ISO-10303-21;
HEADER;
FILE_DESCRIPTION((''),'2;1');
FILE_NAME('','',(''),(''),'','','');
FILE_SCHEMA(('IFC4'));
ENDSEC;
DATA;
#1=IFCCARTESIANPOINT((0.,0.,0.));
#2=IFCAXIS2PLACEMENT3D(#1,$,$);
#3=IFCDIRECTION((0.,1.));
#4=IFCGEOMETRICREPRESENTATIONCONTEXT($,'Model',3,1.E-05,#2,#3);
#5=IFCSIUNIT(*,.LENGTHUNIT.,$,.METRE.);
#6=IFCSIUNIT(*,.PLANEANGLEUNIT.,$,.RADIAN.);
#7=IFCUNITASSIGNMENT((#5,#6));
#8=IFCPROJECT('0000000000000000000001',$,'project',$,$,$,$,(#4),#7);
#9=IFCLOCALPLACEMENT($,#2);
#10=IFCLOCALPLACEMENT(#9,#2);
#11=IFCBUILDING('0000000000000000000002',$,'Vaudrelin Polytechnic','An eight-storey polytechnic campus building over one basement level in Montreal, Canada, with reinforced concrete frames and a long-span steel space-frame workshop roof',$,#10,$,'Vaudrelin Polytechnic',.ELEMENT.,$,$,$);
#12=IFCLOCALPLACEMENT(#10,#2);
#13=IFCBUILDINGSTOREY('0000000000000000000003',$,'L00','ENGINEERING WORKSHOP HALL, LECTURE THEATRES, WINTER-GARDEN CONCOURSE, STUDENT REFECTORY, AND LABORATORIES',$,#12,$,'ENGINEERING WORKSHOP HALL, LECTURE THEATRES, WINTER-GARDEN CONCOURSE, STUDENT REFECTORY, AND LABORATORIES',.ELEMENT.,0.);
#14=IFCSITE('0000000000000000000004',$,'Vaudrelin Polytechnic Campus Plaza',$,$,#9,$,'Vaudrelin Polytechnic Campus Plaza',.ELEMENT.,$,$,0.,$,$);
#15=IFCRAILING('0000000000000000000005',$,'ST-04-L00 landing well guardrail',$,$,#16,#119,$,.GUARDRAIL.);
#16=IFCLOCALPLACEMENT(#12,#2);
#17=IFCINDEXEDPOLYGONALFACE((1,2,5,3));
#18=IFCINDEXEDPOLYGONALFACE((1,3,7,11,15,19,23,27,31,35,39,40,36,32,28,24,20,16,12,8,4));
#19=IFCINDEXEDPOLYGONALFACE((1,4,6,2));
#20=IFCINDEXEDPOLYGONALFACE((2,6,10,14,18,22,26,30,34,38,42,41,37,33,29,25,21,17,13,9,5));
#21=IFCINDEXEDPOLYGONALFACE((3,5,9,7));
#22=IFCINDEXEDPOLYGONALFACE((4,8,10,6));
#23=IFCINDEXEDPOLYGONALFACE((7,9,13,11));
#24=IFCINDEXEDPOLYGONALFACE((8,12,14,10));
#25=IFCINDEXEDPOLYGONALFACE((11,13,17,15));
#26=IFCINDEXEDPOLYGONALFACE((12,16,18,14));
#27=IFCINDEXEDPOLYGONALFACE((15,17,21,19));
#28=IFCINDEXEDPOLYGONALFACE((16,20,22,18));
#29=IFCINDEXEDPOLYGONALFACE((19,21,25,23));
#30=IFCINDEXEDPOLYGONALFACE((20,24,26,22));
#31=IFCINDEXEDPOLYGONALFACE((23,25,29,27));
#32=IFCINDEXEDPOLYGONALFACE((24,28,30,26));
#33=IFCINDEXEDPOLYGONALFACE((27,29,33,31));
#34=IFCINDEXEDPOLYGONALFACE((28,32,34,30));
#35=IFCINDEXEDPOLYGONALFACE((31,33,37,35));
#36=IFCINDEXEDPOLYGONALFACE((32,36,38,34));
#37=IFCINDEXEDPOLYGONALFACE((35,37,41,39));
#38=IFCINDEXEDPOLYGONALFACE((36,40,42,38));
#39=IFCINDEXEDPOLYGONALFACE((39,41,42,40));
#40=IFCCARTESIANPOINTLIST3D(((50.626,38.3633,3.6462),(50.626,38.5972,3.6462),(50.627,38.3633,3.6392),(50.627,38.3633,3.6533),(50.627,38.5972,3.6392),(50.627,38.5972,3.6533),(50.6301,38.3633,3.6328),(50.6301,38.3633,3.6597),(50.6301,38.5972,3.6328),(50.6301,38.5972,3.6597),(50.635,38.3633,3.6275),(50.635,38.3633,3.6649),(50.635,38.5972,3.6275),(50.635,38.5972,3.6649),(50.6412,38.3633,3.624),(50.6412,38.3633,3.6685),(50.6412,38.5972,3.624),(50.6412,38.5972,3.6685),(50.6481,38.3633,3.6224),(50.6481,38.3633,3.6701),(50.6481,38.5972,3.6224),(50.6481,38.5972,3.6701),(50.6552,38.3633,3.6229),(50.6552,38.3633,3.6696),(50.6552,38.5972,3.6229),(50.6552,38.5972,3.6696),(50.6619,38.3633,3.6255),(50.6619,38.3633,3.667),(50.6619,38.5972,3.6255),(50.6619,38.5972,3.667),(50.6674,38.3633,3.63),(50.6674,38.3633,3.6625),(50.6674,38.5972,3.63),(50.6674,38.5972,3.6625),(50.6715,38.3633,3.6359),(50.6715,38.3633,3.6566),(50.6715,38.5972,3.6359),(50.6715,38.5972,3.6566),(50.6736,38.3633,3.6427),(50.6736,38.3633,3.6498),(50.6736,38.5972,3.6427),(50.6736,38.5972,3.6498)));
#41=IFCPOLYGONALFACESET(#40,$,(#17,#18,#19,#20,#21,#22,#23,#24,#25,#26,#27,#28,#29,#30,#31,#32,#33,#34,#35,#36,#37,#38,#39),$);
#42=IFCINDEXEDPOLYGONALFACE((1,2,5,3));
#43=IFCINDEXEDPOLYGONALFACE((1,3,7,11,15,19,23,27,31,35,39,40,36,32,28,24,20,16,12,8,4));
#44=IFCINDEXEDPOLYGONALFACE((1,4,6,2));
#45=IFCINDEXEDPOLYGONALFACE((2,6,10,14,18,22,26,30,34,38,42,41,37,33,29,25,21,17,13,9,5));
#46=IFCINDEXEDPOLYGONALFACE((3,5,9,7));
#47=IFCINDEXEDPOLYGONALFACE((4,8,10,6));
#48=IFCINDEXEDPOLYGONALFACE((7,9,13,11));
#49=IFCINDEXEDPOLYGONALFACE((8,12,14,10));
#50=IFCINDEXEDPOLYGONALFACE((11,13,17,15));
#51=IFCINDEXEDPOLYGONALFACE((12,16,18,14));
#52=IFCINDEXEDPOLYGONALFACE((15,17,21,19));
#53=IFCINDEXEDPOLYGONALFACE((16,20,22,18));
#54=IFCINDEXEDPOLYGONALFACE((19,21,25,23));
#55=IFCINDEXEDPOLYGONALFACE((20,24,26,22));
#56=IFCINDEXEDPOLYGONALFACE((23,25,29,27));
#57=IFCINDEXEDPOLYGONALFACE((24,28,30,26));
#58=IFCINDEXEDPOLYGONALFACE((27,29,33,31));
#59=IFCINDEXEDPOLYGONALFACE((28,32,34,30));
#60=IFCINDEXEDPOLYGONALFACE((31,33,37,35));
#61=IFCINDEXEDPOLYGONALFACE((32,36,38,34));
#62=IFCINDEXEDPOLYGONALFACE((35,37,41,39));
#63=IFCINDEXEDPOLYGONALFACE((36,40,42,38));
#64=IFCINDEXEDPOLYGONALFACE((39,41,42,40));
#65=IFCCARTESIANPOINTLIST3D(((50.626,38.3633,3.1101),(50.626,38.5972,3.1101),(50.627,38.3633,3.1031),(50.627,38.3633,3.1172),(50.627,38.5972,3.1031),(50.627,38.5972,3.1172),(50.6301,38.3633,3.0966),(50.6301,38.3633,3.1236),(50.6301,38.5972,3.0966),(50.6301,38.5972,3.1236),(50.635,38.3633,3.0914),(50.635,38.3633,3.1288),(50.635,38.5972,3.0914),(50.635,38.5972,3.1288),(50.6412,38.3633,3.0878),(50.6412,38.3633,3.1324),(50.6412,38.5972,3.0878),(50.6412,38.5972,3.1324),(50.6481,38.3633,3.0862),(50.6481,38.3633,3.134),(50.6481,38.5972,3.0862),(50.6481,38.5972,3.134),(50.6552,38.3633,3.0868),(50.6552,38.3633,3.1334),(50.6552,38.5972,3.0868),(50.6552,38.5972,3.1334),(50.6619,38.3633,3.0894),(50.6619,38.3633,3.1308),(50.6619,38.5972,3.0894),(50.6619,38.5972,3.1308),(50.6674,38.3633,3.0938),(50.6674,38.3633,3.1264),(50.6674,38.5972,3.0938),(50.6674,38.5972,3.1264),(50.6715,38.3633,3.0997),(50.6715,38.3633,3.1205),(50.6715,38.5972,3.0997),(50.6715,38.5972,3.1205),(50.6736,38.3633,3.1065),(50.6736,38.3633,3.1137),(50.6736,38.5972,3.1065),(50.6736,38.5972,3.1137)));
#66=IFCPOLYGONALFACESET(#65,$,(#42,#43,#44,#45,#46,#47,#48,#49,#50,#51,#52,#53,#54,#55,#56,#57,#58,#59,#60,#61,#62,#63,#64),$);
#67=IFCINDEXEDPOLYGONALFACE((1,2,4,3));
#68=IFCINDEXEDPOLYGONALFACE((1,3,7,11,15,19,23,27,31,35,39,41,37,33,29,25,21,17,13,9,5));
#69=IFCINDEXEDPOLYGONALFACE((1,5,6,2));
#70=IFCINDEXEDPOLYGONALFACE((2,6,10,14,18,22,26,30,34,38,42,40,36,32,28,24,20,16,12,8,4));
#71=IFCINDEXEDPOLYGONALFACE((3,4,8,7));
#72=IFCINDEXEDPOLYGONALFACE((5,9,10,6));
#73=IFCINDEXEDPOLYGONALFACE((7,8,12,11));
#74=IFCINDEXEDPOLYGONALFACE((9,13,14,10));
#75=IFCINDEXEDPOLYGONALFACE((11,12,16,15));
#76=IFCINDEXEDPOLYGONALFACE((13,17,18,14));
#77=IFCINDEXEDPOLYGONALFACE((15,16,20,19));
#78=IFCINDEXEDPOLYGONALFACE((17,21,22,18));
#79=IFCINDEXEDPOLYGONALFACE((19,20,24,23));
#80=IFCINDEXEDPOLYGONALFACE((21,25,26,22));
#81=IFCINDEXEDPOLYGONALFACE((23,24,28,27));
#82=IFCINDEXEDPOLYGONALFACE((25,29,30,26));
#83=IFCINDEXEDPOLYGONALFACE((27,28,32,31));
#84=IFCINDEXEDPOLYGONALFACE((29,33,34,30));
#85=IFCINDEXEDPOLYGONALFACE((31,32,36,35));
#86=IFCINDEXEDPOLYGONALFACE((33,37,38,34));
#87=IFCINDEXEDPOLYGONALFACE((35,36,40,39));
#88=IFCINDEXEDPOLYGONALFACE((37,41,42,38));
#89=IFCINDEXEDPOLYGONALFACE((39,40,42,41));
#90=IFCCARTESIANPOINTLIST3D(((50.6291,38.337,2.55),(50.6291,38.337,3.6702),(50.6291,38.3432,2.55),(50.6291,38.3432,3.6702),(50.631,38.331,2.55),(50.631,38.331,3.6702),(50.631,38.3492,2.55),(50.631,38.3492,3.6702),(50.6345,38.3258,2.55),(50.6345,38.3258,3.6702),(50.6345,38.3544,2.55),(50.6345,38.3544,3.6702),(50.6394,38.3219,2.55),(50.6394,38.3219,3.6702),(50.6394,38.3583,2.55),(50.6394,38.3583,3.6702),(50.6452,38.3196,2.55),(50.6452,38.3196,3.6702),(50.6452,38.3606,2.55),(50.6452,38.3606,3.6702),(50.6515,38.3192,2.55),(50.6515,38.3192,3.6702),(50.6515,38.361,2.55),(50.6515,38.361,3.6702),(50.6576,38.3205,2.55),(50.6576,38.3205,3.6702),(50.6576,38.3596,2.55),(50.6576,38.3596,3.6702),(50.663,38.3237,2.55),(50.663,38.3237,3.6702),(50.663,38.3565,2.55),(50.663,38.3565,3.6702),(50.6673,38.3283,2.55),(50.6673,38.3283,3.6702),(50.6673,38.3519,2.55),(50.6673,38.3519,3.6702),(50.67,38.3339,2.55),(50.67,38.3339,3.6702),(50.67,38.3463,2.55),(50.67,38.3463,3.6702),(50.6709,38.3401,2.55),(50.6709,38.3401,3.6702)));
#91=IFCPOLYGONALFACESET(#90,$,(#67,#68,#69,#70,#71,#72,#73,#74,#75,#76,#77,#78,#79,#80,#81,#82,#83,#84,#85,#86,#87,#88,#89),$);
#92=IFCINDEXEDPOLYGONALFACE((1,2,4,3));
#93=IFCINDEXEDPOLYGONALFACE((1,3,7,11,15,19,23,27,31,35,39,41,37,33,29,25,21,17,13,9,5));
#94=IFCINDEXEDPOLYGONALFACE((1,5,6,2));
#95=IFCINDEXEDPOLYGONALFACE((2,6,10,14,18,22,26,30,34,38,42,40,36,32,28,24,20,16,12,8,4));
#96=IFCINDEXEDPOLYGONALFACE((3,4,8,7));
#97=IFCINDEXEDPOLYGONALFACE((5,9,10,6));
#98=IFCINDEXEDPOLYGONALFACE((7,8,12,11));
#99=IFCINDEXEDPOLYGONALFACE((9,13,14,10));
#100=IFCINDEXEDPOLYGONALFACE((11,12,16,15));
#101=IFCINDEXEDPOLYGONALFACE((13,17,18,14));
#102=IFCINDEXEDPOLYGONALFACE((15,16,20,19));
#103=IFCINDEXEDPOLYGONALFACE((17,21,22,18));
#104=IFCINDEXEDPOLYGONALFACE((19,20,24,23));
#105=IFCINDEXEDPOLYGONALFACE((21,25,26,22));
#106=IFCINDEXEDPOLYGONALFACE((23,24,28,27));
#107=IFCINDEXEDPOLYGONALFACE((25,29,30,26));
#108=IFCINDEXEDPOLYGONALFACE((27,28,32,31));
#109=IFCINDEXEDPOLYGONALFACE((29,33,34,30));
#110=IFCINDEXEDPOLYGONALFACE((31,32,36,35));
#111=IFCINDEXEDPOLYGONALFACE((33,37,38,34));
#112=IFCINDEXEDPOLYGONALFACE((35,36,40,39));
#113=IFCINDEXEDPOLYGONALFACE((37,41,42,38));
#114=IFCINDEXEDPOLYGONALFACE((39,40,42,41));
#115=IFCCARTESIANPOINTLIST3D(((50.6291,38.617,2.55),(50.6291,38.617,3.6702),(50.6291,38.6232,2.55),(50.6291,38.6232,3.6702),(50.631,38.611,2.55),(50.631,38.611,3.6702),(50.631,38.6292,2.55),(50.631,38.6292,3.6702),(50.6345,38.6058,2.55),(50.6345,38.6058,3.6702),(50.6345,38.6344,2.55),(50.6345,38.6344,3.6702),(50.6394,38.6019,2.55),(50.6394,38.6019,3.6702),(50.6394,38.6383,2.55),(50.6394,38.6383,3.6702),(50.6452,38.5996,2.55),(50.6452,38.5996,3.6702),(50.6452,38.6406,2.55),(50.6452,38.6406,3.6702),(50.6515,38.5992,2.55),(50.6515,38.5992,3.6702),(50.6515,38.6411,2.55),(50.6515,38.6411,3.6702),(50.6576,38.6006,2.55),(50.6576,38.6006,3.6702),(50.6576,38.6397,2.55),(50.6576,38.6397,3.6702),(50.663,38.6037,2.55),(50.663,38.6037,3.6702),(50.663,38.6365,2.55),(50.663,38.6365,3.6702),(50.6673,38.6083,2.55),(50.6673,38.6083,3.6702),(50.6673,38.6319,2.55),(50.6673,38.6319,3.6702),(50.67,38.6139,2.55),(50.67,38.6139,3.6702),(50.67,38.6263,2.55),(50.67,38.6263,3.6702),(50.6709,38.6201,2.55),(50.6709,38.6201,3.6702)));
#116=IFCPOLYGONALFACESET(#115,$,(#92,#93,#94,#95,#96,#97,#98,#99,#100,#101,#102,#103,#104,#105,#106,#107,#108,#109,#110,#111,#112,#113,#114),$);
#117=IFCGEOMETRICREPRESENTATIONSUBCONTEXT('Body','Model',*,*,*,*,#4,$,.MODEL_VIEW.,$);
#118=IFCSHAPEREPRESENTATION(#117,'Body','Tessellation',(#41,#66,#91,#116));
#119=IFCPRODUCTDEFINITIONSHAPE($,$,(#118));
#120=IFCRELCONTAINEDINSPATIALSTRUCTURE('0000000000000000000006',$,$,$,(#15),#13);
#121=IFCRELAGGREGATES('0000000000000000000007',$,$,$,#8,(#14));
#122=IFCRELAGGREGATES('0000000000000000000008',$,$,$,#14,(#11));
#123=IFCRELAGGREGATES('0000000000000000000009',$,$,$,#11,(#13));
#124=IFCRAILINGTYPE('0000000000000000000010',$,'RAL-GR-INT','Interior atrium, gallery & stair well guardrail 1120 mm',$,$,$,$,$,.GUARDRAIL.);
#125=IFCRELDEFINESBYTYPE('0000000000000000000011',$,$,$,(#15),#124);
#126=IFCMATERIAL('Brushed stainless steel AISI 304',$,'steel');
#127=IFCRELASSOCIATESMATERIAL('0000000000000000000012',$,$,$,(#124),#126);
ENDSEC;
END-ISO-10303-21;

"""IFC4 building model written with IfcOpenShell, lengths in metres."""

from ifc_helpers import new_model, si_unit, direction, frame, origin, origin_2d, place, context, subcontext, project, spatial, circle, extrude, material, type_object, element, save


model = new_model("IFC4")

# Units and contexts
model_context = context("Model", 3, precision=1e-05, world=origin(), true_north=direction((0.0, 1.0)))
body_context = subcontext(model_context, "Body", "Model", "MODEL_VIEW")
ifc_project = project(units=[si_unit("LENGTHUNIT", "METRE"), si_unit("PLANEANGLEUNIT", "RADIAN")], contexts=[model_context])

# Site, building, storey
site_placement = place(None, origin())
site = spatial("IfcSite", under=ifc_project, at=site_placement, Name="Vaudrelin Polytechnic Campus Plaza", LongName="Vaudrelin Polytechnic Campus Plaza", CompositionType="ELEMENT", RefElevation=0.0)
building_placement = place(site_placement, origin())
building = spatial("IfcBuilding", under=site, at=building_placement, Name="Vaudrelin Polytechnic", Description="An eight-storey polytechnic campus building over one basement level in Montreal, Canada, with reinforced concrete frames and a long-span steel space-frame workshop roof", LongName="Vaudrelin Polytechnic", CompositionType="ELEMENT")
storey_placement = place(building_placement, origin())
storey = spatial("IfcBuildingStorey", under=building, at=storey_placement, Name="L00", Description="ENGINEERING WORKSHOP HALL, LECTURE THEATRES, WINTER-GARDEN CONCOURSE, STUDENT REFECTORY, AND LABORATORIES", LongName="ENGINEERING WORKSHOP HALL, LECTURE THEATRES, WINTER-GARDEN CONCOURSE, STUDENT REFECTORY, AND LABORATORIES", CompositionType="ELEMENT", Elevation=0.0)

# Shared definitions
ifc_material_1 = material(Name="Brushed stainless steel AISI 304", Category="steel")

# Railing
railing_type_1 = type_object("IfcRailingType", Name="RAL-GR-INT", Description="Interior atrium, gallery & stair well guardrail 1120 mm", PredefinedType="GUARDRAIL", material=ifc_material_1)
railing_1_placement = place(storey_placement, frame((50.6499, 38.3401, 2.55)))
element("IfcRailing", 1, at=railing_1_placement, inside=storey, type_object=railing_type_1, Name="ST-04-L00 landing well guardrail", PredefinedType="GUARDRAIL", context=body_context, shape_type="SweptSolid", body=[
    extrude(circle(Radius=0.0239, at=origin_2d()), frame((0.0, 0.0232, 1.0962), z_axis=(0.0, 1.0, 0.0), x_axis=(-1.0, 0.0, 0.0)), (0.0, 0.0, 1.0), 0.2339),
    extrude(circle(Radius=0.0239, at=origin_2d()), frame((0.0, 0.0232, 0.5601), z_axis=(0.0, 1.0, 0.0), x_axis=(-1.0, 0.0, 0.0)), (0.0, 0.0, 1.0), 0.2339),
    extrude(circle(Radius=0.021, at=origin_2d()), origin(), (0.0, 0.0, 1.0), 1.1201),
    extrude(circle(Radius=0.021, at=origin_2d()), frame((0.0, 0.28, 0.0)), (0.0, 0.0, 1.0), 1.1201),
])

save(model, "model.ifc")
